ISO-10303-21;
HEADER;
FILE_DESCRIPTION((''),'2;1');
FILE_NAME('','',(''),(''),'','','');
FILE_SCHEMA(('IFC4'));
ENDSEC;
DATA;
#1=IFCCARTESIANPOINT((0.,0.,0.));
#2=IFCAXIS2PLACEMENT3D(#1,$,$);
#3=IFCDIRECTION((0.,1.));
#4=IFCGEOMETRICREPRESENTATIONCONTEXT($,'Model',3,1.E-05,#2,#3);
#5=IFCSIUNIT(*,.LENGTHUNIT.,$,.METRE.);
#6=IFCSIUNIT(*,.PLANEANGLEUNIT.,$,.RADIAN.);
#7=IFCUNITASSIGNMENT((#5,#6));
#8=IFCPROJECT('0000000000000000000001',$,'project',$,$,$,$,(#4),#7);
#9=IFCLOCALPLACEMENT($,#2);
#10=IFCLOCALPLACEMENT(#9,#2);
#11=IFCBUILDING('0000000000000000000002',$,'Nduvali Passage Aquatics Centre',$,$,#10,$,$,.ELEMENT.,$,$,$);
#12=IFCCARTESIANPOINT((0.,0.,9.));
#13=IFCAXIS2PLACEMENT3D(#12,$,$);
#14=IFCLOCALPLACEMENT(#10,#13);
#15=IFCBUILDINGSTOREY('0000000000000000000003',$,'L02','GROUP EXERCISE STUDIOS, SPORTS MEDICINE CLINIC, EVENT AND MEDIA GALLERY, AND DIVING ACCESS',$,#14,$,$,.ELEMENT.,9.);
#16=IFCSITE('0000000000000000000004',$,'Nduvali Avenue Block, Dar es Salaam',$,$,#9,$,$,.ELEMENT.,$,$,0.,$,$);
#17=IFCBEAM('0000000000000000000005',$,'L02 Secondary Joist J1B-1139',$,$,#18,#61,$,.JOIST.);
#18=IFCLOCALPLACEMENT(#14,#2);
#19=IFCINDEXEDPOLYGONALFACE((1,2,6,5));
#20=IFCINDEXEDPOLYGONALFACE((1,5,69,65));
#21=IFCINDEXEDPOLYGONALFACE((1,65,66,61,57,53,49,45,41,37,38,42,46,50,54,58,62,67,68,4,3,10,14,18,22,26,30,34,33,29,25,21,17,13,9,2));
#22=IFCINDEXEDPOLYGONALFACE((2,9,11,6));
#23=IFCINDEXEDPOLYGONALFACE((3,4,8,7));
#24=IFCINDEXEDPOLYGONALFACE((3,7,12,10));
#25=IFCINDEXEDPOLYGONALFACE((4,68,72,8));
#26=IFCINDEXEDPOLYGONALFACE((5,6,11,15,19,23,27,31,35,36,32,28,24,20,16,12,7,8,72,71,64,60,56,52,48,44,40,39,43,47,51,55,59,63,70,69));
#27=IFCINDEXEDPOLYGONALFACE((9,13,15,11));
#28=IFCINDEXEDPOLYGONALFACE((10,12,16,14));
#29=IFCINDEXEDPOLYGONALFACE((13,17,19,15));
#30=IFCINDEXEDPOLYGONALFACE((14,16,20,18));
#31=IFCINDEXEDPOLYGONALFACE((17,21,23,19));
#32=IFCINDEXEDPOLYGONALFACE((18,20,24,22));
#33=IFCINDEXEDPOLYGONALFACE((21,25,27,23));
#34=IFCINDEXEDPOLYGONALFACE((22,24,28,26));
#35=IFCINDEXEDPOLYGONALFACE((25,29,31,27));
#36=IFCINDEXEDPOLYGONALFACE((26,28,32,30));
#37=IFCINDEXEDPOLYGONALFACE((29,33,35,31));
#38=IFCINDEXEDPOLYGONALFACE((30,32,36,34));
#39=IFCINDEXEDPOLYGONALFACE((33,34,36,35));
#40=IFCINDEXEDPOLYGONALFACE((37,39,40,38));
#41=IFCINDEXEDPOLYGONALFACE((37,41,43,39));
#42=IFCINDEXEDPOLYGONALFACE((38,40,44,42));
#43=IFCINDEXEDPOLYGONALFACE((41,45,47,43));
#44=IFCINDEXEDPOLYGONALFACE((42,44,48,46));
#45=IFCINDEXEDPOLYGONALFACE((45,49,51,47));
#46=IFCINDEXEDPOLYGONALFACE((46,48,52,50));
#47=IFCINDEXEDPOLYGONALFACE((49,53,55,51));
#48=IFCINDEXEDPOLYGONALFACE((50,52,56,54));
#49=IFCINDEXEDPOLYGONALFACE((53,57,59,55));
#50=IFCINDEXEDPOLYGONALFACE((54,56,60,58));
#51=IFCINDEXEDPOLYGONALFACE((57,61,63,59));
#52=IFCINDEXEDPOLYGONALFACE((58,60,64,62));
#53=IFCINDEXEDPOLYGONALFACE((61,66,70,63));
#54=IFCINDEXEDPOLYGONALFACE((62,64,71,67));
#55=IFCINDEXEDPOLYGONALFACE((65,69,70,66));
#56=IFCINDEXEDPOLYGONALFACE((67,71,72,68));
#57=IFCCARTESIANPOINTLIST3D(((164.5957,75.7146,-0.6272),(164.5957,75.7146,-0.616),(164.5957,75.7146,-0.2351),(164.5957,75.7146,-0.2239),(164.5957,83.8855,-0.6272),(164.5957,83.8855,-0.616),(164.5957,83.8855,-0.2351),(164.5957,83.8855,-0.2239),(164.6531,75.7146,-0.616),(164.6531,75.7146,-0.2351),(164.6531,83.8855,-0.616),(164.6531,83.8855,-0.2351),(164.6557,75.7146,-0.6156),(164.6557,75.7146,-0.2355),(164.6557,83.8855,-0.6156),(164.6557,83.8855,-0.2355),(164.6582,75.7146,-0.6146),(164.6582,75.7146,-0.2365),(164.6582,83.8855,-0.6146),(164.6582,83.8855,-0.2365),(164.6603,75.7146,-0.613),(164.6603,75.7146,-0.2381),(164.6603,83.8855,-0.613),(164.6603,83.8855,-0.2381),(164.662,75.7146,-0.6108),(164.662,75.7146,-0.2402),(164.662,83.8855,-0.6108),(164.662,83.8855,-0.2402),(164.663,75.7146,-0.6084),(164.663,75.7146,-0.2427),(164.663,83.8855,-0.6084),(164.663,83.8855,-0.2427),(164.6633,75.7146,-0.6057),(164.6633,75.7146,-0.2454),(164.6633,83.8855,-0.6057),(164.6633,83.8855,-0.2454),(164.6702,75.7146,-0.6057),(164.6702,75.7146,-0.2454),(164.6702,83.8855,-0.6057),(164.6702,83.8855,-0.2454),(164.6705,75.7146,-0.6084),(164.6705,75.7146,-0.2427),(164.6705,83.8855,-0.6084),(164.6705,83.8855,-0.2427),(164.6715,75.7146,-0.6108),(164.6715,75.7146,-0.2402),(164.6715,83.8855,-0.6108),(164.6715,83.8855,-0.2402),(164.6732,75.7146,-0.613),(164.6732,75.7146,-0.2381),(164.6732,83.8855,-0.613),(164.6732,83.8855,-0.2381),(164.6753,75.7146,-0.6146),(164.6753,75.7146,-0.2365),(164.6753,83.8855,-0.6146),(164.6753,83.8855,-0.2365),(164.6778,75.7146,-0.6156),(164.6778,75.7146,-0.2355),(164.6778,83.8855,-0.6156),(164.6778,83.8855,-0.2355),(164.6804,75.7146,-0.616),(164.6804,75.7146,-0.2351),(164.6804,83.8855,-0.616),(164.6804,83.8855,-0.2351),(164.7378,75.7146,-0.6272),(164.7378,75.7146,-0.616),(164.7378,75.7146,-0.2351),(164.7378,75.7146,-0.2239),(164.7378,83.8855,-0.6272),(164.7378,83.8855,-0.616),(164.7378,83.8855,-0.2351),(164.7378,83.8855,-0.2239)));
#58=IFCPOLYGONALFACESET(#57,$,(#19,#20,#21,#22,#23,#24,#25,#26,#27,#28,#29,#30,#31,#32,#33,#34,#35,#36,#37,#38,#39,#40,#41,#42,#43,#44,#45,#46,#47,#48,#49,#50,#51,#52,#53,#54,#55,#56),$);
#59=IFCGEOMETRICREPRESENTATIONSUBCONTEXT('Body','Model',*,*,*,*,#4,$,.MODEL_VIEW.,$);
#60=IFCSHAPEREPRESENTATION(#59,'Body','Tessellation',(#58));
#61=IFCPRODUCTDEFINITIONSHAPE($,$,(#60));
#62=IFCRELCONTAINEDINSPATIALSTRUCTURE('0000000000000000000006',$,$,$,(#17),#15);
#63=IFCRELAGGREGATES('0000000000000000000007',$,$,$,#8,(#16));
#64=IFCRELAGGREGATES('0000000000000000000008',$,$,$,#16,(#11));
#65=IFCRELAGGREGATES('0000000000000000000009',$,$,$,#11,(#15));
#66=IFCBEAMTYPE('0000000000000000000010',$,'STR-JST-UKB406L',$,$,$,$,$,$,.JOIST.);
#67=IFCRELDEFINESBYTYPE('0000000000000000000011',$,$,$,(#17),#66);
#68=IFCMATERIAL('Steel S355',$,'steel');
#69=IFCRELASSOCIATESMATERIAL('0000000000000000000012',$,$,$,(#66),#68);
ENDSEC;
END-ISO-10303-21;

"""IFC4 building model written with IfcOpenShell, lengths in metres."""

from ifc_helpers import new_model, si_unit, direction, frame, origin, origin_2d, place, context, subcontext, project, spatial, i_section, extrude, material, material_profile, profile_set, type_object, element, save


model = new_model("IFC4")

# Units and contexts
model_context = context("Model", 3, precision=1e-05, world=origin(), true_north=direction((0.0, 1.0)))
body_context = subcontext(model_context, "Body", "Model", "MODEL_VIEW")
ifc_project = project(units=[si_unit("LENGTHUNIT", "METRE"), si_unit("PLANEANGLEUNIT", "RADIAN")], contexts=[model_context])

# Site, building, storey
site_placement = place(None, origin())
site = spatial("IfcSite", under=ifc_project, at=site_placement, Name="Nduvali Avenue Block, Dar es Salaam", CompositionType="ELEMENT", RefElevation=0.0)
building_placement = place(site_placement, origin())
building = spatial("IfcBuilding", under=site, at=building_placement, Name="Nduvali Passage Aquatics Centre", CompositionType="ELEMENT")
storey_placement = place(building_placement, frame((0.0, 0.0, 9.0)))
storey = spatial("IfcBuildingStorey", under=building, at=storey_placement, Name="L02", Description="GROUP EXERCISE STUDIOS, SPORTS MEDICINE CLINIC, EVENT AND MEDIA GALLERY, AND DIVING ACCESS", CompositionType="ELEMENT", Elevation=9.0)

# Beam
ifc_material = material(Name="Steel S355", Category="steel")
ifc_material_profile_1 = material_profile(ifc_material, i_section(OverallWidth=0.1421, OverallDepth=0.4033, WebThickness=0.0068, FlangeThickness=0.0112, FilletRadius=0.0103, at=origin_2d()), Name="UKB 406x140x46")
ifc_profile_set_1 = profile_set([ifc_material_profile_1], Name="Steel S355")
beam_type_1 = type_object("IfcBeamType", Name="STR-JST-UKB406L", PredefinedType="JOIST", material=ifc_profile_set_1)
for number, where, z_axis, x_axis, name in (
    (1, (164.6667, 75.7146, -0.4255), (0.0, 1.0, 0.0), (-1.0, 0.0, 0.0), "L02 Secondary Joist J1B-1139"),
):
    element("IfcBeam", number, at=place(storey_placement, frame(where, z_axis=z_axis, x_axis=x_axis)), inside=storey, type_object=beam_type_1, Name=name, PredefinedType="JOIST", context=body_context, shape_type="SweptSolid", body=[
        extrude(i_section(OverallWidth=0.1421, OverallDepth=0.4033, WebThickness=0.0068, FlangeThickness=0.0112, FilletRadius=0.0103, at=origin_2d()), origin(), (0.0, 0.0, 1.0), 8.1709),
    ])

save(model, "model.ifc")
